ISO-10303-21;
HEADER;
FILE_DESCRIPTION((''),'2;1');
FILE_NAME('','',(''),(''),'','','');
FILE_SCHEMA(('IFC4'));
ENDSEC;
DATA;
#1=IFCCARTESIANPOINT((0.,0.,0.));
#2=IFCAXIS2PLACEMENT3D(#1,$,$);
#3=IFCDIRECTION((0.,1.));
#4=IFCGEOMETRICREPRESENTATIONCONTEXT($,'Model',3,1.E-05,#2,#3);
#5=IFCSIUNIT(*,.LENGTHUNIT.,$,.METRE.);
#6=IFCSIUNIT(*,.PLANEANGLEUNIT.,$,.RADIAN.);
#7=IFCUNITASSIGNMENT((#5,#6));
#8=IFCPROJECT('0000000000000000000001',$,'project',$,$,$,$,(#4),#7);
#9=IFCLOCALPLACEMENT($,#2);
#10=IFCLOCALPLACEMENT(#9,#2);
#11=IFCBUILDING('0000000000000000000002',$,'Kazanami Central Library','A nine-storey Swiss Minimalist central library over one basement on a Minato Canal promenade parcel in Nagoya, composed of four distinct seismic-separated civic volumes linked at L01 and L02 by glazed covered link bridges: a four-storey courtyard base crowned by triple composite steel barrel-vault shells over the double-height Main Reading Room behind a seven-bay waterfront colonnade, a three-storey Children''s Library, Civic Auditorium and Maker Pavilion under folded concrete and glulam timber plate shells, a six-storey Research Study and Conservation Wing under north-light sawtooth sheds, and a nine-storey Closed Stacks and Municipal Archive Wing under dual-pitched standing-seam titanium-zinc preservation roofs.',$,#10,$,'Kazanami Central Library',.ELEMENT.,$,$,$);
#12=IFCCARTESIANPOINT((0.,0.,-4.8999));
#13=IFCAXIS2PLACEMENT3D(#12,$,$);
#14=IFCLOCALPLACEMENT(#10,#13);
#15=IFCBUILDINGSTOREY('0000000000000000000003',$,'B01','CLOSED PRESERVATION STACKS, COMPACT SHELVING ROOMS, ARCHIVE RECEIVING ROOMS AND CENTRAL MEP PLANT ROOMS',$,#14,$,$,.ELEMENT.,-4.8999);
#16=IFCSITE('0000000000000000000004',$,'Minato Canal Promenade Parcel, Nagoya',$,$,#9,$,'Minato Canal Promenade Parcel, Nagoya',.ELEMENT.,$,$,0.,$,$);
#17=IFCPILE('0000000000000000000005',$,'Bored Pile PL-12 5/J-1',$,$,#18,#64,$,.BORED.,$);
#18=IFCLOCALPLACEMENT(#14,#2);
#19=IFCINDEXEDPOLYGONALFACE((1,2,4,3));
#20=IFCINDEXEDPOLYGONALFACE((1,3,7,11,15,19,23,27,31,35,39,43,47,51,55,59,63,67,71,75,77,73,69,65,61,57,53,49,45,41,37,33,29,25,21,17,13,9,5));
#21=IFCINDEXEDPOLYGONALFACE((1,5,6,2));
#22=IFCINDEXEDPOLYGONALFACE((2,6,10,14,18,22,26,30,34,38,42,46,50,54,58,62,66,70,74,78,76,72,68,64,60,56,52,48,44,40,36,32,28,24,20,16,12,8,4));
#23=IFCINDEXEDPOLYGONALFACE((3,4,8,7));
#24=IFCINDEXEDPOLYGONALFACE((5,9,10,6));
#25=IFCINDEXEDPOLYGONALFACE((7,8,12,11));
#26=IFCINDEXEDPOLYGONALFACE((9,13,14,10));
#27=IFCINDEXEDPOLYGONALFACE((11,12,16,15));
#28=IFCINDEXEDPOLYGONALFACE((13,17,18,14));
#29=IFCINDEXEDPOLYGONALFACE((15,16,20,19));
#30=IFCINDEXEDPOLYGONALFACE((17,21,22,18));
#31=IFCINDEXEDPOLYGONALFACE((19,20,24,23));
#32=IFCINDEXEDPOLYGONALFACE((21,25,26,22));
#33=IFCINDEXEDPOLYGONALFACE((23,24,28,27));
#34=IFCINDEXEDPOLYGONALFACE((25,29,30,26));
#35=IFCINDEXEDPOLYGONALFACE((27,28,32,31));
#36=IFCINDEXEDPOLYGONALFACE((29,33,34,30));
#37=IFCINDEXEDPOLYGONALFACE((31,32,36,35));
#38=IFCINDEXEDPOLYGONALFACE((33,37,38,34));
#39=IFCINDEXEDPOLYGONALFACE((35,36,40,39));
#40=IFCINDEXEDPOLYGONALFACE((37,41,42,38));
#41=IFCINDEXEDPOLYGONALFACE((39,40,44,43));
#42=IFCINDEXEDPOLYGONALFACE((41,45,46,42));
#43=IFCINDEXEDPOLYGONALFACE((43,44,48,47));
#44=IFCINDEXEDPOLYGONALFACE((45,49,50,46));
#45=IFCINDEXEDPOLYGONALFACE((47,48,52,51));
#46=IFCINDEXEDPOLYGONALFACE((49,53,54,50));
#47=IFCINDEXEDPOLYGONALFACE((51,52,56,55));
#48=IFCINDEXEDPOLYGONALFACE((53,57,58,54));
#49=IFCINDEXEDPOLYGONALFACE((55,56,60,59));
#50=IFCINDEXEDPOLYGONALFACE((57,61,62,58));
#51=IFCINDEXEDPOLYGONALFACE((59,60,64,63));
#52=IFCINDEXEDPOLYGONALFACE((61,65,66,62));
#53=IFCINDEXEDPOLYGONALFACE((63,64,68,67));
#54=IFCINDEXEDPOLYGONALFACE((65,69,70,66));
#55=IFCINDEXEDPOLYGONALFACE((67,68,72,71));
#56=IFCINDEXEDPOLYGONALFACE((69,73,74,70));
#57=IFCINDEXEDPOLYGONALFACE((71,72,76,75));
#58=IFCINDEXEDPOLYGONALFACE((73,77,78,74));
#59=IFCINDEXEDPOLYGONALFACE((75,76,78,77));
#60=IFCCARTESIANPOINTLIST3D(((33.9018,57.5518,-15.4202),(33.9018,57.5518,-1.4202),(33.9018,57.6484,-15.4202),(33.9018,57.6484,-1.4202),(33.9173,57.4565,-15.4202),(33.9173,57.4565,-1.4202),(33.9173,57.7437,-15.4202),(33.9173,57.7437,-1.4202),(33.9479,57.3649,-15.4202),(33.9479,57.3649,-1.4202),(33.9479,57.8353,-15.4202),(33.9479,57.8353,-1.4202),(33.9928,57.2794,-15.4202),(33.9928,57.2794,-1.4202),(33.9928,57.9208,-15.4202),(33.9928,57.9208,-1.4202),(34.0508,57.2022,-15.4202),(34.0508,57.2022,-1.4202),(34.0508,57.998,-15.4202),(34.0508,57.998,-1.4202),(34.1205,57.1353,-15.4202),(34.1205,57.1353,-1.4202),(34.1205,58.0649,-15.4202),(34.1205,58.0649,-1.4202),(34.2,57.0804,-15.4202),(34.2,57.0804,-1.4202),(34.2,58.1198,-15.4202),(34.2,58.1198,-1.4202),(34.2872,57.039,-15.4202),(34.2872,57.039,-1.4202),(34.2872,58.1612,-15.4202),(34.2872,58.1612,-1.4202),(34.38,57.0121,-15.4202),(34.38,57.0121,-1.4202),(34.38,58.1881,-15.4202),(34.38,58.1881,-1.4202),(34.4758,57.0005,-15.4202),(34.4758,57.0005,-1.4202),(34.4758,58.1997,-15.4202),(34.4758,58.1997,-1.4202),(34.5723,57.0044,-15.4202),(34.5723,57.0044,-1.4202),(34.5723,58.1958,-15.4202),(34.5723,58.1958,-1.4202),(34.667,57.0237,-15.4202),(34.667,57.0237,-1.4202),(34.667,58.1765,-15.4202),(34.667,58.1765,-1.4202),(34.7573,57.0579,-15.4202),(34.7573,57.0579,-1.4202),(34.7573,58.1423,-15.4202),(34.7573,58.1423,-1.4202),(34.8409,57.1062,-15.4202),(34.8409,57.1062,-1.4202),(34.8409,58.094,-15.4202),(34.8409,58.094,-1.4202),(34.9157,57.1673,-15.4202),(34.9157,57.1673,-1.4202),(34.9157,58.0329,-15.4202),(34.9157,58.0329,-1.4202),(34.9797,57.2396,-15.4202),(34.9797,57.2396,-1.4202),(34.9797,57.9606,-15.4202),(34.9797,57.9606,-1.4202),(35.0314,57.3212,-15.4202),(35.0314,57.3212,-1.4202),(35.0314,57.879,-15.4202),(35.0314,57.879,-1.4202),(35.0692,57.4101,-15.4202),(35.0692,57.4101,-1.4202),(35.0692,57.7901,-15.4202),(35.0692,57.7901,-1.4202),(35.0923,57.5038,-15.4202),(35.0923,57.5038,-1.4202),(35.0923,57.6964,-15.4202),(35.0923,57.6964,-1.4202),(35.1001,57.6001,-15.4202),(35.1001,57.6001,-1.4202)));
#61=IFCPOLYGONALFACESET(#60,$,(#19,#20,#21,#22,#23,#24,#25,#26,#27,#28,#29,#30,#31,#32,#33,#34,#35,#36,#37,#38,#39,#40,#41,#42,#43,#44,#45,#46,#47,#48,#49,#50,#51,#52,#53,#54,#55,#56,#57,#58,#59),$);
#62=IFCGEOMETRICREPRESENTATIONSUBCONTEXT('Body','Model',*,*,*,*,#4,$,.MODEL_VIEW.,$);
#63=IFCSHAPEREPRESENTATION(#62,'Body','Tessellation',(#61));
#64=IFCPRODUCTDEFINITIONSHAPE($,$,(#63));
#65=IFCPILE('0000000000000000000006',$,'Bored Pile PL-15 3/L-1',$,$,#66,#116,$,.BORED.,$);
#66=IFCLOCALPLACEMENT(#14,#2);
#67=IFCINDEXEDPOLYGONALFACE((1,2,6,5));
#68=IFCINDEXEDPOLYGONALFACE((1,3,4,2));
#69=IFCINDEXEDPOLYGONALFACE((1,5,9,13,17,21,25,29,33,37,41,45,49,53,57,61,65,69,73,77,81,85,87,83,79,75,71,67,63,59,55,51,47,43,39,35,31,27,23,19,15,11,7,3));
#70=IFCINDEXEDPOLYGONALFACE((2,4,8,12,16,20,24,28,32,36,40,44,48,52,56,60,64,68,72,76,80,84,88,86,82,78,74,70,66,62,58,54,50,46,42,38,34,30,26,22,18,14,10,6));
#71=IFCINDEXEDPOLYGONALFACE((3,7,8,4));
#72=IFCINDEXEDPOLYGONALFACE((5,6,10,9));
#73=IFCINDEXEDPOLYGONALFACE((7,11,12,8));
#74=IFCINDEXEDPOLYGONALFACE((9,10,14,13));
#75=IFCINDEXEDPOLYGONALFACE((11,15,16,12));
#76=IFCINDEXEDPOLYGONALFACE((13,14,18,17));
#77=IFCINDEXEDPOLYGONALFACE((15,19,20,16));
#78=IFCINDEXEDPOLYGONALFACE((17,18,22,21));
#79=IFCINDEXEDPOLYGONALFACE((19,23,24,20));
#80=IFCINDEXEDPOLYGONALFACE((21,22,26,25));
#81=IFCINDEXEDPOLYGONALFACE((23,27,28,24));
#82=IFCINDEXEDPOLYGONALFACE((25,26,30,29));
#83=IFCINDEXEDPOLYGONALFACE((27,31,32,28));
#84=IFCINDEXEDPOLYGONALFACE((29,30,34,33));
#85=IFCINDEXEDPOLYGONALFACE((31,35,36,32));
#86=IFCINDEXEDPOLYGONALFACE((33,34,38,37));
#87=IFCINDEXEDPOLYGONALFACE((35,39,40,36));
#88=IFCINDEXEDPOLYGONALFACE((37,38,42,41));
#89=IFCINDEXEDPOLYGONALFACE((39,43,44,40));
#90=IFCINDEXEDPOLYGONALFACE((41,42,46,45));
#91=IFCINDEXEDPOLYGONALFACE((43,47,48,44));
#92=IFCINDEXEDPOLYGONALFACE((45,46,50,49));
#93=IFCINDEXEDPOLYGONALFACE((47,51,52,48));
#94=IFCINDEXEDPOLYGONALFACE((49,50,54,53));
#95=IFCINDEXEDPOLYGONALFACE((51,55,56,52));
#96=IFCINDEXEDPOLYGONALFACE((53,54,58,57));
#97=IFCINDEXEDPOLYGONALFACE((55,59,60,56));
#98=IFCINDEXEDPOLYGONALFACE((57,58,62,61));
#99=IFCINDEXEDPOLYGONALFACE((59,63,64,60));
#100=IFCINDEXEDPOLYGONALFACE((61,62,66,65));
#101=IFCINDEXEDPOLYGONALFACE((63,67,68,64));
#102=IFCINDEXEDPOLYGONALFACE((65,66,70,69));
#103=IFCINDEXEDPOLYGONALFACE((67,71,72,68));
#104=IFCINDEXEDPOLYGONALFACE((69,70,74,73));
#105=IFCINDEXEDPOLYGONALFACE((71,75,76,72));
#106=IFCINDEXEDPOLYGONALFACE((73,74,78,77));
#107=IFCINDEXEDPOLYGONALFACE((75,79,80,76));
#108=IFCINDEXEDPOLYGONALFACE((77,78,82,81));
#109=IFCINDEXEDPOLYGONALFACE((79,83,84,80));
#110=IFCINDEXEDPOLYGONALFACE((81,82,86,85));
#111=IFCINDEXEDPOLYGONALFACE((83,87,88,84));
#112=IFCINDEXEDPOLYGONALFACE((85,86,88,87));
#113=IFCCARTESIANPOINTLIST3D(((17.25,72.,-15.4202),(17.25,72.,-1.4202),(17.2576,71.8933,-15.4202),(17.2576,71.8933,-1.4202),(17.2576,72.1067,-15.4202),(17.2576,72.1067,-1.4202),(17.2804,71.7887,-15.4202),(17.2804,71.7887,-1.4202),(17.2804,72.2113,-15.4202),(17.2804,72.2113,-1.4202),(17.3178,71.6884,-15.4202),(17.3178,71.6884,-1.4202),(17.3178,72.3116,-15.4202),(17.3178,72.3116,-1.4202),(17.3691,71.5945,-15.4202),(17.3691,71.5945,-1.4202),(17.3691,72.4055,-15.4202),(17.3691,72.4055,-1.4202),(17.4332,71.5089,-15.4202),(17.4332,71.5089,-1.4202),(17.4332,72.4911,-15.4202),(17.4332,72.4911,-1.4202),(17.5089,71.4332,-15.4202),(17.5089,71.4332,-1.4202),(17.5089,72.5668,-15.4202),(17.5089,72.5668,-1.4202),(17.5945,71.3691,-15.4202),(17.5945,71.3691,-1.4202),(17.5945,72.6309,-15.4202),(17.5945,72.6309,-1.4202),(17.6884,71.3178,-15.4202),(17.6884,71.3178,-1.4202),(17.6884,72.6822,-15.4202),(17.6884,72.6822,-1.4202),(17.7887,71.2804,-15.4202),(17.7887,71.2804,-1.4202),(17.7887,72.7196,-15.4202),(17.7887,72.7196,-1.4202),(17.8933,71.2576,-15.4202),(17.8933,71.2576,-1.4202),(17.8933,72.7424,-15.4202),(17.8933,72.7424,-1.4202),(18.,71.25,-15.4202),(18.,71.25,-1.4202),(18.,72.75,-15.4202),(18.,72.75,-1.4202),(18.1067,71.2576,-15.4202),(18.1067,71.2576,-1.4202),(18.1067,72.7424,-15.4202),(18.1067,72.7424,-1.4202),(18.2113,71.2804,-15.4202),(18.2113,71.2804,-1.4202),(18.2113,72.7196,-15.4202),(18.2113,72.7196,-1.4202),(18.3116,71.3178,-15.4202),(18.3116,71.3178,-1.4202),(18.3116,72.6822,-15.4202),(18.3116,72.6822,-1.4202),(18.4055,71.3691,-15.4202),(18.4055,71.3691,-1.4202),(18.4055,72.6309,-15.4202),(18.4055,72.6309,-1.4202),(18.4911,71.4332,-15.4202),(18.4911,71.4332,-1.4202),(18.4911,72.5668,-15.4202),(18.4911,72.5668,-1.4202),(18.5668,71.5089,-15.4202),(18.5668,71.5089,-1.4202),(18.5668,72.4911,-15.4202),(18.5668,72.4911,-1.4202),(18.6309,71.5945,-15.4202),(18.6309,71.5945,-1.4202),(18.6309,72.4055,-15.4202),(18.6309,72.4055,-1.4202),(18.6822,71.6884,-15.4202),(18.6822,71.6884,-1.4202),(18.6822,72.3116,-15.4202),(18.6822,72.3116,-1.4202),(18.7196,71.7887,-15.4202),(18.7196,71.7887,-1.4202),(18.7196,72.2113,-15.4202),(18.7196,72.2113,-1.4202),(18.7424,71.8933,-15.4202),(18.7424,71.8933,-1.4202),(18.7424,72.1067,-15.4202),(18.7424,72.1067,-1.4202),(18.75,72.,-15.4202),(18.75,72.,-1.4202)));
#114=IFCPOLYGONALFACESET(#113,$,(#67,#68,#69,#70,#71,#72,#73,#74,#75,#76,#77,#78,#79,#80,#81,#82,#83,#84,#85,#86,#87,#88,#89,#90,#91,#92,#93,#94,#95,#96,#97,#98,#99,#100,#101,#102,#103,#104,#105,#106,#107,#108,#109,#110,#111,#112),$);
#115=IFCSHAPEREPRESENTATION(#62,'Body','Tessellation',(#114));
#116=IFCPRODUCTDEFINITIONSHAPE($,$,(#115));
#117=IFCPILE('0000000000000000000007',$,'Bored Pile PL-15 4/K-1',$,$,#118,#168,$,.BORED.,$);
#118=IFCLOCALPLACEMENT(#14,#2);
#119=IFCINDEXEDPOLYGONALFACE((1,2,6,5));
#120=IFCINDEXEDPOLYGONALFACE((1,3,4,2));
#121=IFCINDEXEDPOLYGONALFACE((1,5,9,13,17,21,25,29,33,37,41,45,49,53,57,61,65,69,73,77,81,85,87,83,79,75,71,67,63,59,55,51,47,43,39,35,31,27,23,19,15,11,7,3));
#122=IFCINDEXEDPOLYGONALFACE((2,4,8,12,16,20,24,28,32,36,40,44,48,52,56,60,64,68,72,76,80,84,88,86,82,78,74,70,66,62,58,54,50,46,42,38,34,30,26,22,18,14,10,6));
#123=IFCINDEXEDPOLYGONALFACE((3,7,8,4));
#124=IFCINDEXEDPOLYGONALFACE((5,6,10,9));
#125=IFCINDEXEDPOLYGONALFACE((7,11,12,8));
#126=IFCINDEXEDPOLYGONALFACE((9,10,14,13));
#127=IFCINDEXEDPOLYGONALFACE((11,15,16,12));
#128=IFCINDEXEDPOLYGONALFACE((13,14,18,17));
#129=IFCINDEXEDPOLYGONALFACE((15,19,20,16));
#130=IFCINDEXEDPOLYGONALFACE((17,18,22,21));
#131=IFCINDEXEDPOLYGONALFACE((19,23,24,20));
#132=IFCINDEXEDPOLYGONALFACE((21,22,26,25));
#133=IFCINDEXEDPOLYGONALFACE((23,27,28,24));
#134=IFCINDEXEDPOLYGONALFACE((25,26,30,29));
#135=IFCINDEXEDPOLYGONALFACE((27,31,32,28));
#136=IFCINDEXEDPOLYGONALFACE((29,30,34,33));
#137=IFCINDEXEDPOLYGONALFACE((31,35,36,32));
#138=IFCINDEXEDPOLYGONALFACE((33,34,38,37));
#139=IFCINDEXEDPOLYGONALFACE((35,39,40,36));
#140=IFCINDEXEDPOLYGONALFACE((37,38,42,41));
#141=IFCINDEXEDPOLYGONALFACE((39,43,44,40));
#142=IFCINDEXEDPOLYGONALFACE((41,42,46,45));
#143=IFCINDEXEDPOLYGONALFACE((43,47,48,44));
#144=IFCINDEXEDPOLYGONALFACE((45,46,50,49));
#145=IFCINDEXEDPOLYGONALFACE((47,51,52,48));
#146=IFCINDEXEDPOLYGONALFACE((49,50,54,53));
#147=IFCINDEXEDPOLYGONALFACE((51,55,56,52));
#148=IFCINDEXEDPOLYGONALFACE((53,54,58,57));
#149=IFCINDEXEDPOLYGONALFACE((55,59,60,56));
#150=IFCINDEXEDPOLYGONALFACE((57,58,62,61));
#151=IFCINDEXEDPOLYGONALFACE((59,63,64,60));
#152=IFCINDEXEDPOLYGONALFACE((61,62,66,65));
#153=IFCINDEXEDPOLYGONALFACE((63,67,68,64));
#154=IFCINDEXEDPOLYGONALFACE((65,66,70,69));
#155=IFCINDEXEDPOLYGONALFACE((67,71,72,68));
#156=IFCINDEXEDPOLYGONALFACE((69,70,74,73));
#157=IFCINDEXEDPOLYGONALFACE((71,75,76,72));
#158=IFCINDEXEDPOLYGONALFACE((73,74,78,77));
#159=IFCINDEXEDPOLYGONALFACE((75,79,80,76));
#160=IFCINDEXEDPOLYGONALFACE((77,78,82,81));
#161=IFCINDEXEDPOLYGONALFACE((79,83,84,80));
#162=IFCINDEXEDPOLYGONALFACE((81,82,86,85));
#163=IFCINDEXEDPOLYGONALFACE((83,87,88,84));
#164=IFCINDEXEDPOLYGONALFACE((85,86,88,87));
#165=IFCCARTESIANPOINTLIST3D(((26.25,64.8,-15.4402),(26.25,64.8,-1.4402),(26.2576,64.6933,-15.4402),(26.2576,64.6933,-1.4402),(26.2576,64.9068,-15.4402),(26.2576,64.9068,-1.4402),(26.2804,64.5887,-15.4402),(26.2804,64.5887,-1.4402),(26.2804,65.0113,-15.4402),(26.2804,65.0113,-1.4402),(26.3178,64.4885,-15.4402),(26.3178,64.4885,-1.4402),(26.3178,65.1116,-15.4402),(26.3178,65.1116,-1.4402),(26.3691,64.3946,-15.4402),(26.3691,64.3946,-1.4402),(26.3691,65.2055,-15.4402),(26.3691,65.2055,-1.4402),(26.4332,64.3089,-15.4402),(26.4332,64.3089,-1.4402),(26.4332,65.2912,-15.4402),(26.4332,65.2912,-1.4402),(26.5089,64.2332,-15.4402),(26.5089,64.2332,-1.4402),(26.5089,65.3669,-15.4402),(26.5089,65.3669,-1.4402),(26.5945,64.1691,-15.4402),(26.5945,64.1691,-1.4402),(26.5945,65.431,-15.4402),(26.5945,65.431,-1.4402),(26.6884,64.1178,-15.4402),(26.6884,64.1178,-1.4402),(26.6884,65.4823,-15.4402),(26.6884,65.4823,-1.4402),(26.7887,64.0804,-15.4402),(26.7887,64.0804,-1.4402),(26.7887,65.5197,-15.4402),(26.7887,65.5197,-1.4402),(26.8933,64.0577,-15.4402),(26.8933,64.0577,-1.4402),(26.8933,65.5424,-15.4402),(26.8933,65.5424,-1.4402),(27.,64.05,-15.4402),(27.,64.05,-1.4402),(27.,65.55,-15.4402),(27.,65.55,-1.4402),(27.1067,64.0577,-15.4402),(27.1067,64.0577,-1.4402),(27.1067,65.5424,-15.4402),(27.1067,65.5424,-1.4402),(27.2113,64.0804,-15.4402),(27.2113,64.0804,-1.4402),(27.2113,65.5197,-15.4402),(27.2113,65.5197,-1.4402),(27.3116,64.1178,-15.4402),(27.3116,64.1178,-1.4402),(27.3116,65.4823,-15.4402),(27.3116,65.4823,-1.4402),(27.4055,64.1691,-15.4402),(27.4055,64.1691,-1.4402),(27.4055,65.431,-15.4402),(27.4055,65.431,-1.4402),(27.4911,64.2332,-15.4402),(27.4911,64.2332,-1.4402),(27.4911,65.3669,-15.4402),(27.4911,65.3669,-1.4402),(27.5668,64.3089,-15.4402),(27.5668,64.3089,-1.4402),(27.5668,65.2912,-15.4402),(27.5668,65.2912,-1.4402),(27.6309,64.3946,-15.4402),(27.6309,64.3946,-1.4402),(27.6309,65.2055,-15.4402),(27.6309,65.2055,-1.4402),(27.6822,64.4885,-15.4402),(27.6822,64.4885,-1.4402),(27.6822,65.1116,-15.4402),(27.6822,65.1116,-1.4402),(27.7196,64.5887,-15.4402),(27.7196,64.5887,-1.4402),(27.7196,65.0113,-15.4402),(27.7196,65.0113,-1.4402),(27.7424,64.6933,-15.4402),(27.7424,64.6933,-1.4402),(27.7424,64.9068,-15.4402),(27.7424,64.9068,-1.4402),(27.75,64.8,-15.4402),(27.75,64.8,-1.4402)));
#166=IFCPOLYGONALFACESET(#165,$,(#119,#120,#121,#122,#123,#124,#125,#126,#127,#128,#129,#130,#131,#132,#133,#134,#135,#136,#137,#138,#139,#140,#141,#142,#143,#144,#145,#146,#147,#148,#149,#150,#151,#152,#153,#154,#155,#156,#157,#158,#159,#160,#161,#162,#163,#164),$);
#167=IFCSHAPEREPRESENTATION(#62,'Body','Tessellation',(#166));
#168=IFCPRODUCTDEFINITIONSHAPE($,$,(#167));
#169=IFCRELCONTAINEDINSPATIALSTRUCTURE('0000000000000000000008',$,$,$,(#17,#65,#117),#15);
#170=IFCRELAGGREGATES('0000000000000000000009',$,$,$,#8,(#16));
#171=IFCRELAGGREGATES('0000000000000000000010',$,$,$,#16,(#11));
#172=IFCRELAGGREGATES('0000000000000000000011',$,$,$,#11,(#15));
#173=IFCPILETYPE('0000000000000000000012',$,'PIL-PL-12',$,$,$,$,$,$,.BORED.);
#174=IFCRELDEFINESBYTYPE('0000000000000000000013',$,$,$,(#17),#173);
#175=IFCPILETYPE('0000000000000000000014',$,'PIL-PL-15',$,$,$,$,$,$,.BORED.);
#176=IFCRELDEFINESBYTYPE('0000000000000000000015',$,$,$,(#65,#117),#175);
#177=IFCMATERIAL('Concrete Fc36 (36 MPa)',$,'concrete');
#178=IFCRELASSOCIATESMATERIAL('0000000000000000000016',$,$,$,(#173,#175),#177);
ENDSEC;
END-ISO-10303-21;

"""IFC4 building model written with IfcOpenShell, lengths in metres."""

from ifc_helpers import new_model, si_unit, direction, frame, origin, origin_2d, place, context, subcontext, project, spatial, circle, extrude, material, material_profile, profile_set, type_object, element, save


model = new_model("IFC4")

# Units and contexts
model_context = context("Model", 3, precision=1e-05, world=origin(), true_north=direction((0.0, 1.0)))
body_context = subcontext(model_context, "Body", "Model", "MODEL_VIEW")
ifc_project = project(units=[si_unit("LENGTHUNIT", "METRE"), si_unit("PLANEANGLEUNIT", "RADIAN")], contexts=[model_context])

# Site, building, storey
site_placement = place(None, origin())
site = spatial("IfcSite", under=ifc_project, at=site_placement, Name="Minato Canal Promenade Parcel, Nagoya", LongName="Minato Canal Promenade Parcel, Nagoya", CompositionType="ELEMENT", RefElevation=0.0)
building_placement = place(site_placement, origin())
building = spatial("IfcBuilding", under=site, at=building_placement, Name="Kazanami Central Library", Description="A nine-storey Swiss Minimalist central library over one basement on a Minato Canal promenade parcel in Nagoya, composed of four distinct seismic-separated civic volumes linked at L01 and L02 by glazed covered link bridges: a four-storey courtyard base crowned by triple composite steel barrel-vault shells over the double-height Main Reading Room behind a seven-bay waterfront colonnade, a three-storey Children's Library, Civic Auditorium and Maker Pavilion under folded concrete and glulam timber plate shells, a six-storey Research Study and Conservation Wing under north-light sawtooth sheds, and a nine-storey Closed Stacks and Municipal Archive Wing under dual-pitched standing-seam titanium-zinc preservation roofs.", LongName="Kazanami Central Library", CompositionType="ELEMENT")
storey_placement = place(building_placement, frame((0.0, 0.0, -4.8999)))
storey = spatial("IfcBuildingStorey", under=building, at=storey_placement, Name="B01", Description="CLOSED PRESERVATION STACKS, COMPACT SHELVING ROOMS, ARCHIVE RECEIVING ROOMS AND CENTRAL MEP PLANT ROOMS", CompositionType="ELEMENT", Elevation=-4.8999)

# Shared definitions
ifc_material_1 = material(Name="Concrete Fc36 (36 MPa)", Category="concrete")

# Piles
ifc_material_profile_1 = material_profile(ifc_material_1, circle(Radius=0.6001, at=origin_2d()), Name="BORED-D1200")
ifc_profile_set_1 = profile_set([ifc_material_profile_1], Name="Concrete Fc36 (36 MPa)")
pile_type_1 = type_object("IfcPileType", Name="PIL-PL-12", PredefinedType="BORED", material=ifc_profile_set_1)
pile_1_placement = place(storey_placement, frame((34.5, 57.6001, -1.4202), z_axis=(0.0, 0.0, -1.0), x_axis=(1.0, 0.0, 0.0)))
element("IfcPile", 1, at=pile_1_placement, inside=storey, type_object=pile_type_1, Name="Bored Pile PL-12 5/J-1", PredefinedType="BORED", context=body_context, shape_type="SweptSolid", body=[
    extrude(circle(Radius=0.6001, at=origin_2d()), origin(), (0.0, 0.0, 1.0), 14.0),
])
ifc_material_profile_2 = material_profile(ifc_material_1, circle(Radius=0.75, at=origin_2d()), Name="BORED-D1500")
ifc_profile_set_2 = profile_set([ifc_material_profile_2], Name="Concrete Fc36 (36 MPa)")
pile_type_2 = type_object("IfcPileType", Name="PIL-PL-15", PredefinedType="BORED", material=ifc_profile_set_2)
for number, where, z_axis, x_axis, name in (
    (2, (18.0, 72.0, -1.4202), (0.0, 0.0, -1.0), (1.0, 0.0, 0.0), "Bored Pile PL-15 3/L-1"),
    (3, (27.0, 64.8, -1.4402), (0.0, 0.0, -1.0), (1.0, 0.0, 0.0), "Bored Pile PL-15 4/K-1"),
):
    element("IfcPile", number, at=place(storey_placement, frame(where, z_axis=z_axis, x_axis=x_axis)), inside=storey, type_object=pile_type_2, Name=name, PredefinedType="BORED", context=body_context, shape_type="SweptSolid", body=[
        extrude(circle(Radius=0.75, at=origin_2d()), origin(), (0.0, 0.0, 1.0), 14.0),
    ])

save(model, "model.ifc")
